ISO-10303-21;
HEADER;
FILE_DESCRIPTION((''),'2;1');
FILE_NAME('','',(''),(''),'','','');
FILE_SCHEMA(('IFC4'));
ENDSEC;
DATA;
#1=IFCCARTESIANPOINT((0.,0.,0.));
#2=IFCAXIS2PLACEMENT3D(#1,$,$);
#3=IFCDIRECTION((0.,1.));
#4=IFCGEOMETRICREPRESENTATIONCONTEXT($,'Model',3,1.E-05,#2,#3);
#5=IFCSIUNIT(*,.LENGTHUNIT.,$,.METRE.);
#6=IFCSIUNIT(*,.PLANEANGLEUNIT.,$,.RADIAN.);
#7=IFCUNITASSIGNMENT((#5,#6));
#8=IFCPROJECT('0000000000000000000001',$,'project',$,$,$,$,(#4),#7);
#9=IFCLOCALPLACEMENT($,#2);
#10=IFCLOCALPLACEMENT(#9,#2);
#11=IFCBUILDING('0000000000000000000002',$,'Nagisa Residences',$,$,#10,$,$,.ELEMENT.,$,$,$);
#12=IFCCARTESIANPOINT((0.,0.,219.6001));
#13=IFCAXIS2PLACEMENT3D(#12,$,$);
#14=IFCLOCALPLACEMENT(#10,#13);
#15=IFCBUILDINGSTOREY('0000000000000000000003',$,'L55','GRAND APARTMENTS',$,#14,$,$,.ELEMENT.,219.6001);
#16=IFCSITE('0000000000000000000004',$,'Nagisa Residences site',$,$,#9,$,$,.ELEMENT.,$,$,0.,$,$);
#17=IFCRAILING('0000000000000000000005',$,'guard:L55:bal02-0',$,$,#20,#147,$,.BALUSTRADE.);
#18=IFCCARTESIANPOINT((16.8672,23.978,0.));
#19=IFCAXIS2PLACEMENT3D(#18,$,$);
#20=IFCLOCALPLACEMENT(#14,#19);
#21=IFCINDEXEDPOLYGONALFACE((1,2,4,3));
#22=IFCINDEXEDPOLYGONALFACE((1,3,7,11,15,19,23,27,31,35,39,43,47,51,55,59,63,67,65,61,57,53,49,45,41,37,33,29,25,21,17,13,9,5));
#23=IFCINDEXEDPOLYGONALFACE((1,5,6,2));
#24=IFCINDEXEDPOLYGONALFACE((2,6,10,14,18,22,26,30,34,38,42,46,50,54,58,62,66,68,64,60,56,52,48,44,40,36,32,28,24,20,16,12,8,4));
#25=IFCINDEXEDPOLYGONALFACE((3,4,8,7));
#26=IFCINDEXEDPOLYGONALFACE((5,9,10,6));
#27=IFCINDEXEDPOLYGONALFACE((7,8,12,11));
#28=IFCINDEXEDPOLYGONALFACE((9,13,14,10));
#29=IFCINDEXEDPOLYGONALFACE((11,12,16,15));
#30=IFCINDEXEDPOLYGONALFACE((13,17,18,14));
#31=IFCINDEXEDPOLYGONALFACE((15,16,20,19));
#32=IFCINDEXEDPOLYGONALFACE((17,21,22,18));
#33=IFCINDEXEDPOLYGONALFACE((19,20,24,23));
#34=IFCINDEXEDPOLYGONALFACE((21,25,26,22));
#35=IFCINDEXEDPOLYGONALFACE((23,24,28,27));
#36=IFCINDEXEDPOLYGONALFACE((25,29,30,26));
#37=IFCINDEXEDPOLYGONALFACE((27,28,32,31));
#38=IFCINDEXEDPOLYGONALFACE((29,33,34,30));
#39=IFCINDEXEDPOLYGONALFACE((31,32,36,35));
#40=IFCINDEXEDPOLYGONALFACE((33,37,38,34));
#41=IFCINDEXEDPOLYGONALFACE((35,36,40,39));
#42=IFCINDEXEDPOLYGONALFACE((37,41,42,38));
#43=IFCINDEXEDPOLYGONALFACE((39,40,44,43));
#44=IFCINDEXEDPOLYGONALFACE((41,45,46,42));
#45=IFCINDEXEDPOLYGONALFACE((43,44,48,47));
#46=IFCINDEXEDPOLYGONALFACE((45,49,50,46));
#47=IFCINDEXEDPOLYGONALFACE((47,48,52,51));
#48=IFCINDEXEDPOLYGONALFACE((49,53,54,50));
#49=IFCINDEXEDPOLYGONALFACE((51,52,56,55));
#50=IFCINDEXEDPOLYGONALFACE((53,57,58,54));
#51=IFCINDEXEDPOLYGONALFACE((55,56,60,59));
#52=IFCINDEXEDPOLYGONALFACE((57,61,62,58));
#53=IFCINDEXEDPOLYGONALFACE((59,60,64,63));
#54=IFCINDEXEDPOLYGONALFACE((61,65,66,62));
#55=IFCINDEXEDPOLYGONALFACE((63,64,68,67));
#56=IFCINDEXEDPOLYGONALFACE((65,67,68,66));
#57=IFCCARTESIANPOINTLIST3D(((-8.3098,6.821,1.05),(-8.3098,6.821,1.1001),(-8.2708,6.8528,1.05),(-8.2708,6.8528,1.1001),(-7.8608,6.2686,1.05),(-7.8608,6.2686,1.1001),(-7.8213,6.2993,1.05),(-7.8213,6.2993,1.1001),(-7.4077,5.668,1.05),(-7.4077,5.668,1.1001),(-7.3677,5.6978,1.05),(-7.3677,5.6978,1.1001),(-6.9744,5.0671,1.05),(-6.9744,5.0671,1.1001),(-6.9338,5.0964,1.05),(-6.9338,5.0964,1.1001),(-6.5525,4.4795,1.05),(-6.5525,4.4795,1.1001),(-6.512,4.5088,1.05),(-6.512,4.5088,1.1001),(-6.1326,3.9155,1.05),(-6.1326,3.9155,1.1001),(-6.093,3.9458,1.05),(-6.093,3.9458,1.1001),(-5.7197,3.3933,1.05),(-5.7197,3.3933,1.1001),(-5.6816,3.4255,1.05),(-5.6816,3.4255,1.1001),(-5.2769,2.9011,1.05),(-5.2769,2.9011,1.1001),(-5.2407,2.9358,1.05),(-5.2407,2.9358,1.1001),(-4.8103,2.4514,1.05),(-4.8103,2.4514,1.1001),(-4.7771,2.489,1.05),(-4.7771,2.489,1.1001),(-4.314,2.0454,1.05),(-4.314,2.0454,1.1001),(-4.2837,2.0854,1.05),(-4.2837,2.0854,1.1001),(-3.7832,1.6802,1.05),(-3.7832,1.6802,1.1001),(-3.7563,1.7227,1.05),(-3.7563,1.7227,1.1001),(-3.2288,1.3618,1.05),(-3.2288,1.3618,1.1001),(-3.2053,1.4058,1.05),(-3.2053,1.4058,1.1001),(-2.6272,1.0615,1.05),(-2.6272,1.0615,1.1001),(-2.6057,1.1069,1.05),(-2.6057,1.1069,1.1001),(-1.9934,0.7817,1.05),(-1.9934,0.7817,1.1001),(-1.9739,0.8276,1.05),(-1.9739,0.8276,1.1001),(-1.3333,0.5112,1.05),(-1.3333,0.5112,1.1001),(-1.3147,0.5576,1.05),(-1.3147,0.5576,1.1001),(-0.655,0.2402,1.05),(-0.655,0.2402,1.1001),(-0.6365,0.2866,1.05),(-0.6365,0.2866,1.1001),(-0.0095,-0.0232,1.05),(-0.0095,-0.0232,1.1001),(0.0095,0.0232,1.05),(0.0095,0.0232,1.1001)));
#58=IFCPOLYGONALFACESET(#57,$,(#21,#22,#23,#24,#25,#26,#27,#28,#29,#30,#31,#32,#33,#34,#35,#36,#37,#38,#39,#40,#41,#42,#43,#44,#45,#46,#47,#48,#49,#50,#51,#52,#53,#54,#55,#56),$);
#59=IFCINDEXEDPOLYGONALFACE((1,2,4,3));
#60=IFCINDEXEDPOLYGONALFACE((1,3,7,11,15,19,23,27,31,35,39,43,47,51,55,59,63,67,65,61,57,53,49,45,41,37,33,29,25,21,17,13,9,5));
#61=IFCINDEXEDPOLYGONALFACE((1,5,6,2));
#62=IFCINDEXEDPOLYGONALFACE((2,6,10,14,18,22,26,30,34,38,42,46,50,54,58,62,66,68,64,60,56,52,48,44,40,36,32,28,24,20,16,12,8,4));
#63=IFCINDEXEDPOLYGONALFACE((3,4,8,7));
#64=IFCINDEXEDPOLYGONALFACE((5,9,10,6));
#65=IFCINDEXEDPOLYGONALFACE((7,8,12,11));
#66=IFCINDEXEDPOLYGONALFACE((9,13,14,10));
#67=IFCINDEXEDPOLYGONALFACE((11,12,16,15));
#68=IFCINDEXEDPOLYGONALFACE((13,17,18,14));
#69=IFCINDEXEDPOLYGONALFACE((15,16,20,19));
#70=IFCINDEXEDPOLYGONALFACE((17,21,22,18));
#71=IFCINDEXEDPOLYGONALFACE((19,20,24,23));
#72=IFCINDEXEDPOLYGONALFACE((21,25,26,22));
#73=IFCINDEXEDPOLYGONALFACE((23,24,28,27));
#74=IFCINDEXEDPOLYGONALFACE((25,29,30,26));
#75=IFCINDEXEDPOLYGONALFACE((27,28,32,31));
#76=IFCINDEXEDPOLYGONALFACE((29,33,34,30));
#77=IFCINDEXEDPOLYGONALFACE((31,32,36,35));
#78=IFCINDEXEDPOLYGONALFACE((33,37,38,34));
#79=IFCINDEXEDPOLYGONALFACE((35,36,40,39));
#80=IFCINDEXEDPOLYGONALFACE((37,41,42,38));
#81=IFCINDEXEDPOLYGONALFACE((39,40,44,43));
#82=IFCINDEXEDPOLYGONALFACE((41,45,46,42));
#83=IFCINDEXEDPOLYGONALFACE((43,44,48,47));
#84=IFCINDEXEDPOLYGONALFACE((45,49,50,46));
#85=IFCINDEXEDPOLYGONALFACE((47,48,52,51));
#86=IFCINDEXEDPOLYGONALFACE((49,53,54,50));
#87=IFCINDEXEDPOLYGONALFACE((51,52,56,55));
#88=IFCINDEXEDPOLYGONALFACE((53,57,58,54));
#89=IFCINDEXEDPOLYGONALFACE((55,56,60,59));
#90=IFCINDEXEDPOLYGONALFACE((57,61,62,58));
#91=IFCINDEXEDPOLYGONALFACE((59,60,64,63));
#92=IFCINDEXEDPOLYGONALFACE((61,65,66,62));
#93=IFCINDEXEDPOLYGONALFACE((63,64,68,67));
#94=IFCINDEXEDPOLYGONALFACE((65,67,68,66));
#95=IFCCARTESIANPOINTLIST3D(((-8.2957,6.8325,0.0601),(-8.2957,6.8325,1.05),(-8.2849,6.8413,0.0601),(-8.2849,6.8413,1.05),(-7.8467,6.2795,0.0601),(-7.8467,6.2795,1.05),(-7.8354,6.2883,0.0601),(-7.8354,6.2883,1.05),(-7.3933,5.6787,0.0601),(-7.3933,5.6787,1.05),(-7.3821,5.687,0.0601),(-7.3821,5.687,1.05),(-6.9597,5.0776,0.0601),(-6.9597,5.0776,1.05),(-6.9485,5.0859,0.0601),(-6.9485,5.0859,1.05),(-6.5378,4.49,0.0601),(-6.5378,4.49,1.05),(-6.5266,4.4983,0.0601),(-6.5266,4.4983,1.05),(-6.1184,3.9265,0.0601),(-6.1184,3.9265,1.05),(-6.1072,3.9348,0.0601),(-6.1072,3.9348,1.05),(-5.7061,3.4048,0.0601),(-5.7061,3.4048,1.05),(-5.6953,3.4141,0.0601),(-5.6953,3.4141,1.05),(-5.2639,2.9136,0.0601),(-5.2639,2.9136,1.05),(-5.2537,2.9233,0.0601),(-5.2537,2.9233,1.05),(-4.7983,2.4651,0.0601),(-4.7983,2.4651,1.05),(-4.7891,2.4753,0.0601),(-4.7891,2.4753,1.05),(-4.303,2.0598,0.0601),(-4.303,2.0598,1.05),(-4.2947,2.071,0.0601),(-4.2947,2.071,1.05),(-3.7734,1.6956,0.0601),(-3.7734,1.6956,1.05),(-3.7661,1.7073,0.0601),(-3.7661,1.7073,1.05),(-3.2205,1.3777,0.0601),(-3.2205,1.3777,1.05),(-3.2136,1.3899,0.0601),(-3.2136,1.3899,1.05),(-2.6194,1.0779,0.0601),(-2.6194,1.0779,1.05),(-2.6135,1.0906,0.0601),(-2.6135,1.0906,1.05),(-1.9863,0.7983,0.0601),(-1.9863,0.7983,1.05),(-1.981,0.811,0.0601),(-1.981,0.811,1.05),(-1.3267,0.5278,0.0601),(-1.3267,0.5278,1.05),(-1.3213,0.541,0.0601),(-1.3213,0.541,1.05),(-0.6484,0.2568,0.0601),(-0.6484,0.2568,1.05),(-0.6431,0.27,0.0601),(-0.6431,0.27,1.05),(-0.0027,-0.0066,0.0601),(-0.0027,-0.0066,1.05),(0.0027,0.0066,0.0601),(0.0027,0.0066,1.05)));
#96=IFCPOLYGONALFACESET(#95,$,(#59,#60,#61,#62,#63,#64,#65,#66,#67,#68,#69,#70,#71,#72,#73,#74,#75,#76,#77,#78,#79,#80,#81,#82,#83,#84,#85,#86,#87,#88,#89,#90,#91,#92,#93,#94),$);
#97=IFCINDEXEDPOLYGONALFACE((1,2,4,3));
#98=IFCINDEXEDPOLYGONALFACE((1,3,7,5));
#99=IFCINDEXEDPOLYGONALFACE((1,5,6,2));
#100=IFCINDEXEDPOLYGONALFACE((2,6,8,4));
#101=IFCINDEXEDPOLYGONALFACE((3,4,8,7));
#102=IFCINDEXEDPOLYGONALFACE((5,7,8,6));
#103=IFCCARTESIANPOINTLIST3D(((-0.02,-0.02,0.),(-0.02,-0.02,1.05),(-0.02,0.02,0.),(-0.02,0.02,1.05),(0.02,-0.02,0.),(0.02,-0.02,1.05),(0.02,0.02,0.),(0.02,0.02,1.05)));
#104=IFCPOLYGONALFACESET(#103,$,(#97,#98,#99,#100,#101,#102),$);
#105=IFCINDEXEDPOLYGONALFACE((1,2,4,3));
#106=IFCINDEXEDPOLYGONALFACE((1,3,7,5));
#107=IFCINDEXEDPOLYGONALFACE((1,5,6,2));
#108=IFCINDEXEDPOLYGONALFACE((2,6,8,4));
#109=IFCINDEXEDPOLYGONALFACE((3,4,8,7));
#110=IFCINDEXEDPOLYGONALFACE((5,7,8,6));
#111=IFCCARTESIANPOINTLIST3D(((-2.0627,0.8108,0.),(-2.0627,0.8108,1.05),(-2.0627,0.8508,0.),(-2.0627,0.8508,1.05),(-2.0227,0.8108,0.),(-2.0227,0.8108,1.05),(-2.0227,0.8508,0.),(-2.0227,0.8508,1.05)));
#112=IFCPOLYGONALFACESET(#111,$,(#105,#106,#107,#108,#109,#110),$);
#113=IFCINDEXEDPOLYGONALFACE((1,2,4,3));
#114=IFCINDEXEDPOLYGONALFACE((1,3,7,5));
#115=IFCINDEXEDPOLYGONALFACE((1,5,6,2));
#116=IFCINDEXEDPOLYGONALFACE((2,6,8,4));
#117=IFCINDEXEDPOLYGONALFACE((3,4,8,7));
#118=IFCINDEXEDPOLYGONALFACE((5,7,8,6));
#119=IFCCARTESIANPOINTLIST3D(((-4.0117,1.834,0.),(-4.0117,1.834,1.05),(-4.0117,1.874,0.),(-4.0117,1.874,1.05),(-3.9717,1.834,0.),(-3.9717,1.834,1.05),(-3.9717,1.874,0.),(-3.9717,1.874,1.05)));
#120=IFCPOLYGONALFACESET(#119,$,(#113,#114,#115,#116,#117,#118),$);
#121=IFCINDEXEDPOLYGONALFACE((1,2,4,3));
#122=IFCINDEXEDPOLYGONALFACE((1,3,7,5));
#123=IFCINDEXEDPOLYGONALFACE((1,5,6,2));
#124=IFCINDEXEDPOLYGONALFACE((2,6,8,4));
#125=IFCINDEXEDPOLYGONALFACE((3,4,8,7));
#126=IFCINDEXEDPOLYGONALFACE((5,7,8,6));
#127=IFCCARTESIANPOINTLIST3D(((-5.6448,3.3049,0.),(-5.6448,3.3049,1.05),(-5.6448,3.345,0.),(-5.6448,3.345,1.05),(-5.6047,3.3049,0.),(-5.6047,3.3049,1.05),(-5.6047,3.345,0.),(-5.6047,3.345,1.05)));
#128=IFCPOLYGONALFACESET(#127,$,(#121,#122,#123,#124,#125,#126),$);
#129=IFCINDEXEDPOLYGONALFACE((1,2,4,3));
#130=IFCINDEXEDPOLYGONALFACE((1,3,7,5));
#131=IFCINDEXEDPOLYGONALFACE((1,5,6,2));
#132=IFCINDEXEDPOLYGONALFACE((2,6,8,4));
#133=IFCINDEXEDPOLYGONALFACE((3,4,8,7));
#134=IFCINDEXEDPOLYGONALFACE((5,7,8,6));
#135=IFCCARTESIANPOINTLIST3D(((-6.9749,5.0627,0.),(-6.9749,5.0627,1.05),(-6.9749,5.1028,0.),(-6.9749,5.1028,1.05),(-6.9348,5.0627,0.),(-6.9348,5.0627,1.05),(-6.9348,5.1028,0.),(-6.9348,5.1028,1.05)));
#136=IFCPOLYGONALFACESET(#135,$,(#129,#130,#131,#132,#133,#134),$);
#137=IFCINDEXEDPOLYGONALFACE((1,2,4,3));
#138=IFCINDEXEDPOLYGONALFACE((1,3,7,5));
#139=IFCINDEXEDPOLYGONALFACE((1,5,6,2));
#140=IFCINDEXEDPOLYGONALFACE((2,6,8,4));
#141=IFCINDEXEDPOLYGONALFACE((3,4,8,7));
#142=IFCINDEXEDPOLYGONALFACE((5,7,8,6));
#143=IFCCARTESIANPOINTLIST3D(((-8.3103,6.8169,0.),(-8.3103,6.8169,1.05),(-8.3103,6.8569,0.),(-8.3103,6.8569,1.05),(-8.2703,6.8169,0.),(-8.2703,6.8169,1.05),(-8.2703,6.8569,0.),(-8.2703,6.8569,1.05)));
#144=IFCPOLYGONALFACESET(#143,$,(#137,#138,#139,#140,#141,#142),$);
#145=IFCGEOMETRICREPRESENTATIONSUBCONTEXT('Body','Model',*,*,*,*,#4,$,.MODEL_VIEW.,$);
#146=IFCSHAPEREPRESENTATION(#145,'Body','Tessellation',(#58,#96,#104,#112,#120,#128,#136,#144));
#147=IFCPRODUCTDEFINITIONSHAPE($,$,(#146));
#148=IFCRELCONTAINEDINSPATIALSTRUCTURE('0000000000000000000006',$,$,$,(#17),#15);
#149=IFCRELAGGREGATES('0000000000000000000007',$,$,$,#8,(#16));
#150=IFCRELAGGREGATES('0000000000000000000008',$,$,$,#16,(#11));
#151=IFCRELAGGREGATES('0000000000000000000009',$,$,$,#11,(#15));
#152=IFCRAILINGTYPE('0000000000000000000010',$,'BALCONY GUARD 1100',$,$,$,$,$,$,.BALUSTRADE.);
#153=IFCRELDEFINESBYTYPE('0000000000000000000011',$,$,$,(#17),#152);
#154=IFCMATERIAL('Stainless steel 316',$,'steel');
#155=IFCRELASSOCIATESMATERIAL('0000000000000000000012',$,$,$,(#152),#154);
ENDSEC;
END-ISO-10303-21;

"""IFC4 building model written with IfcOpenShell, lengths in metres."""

from ifc_helpers import new_model, si_unit, direction, frame, origin, origin_2d, place, context, subcontext, project, spatial, polyline, rectangle, outline, extrude, material, type_object, element, save


model = new_model("IFC4")

# Units and contexts
model_context = context("Model", 3, precision=1e-05, world=origin(), true_north=direction((0.0, 1.0)))
body_context = subcontext(model_context, "Body", "Model", "MODEL_VIEW")
ifc_project = project(units=[si_unit("LENGTHUNIT", "METRE"), si_unit("PLANEANGLEUNIT", "RADIAN")], contexts=[model_context])

# Site, building, storey
site_placement = place(None, origin())
site = spatial("IfcSite", under=ifc_project, at=site_placement, Name="Nagisa Residences site", CompositionType="ELEMENT", RefElevation=0.0)
building_placement = place(site_placement, origin())
building = spatial("IfcBuilding", under=site, at=building_placement, Name="Nagisa Residences", CompositionType="ELEMENT")
storey_placement = place(building_placement, frame((0.0, 0.0, 219.6001)))
storey = spatial("IfcBuildingStorey", under=building, at=storey_placement, Name="L55", Description="GRAND APARTMENTS", CompositionType="ELEMENT", Elevation=219.6001)

# Railing
ifc_material_1 = material(Name="Stainless steel 316", Category="steel")
railing_type = type_object("IfcRailingType", Name="BALCONY GUARD 1100", PredefinedType="BALUSTRADE", material=ifc_material_1)
railing_1_placement = place(storey_placement, frame((16.8672, 23.978, 0.0)))
element("IfcRailing", 1, at=railing_1_placement, inside=storey, type_object=railing_type, Name="guard:L55:bal02-0", PredefinedType="BALUSTRADE", context=body_context, shape_type="SweptSolid", body=[
    extrude(outline(polyline([(-0.655, 0.2402), (-0.0095, -0.0232), (0.0095, 0.0232), (-0.6365, 0.2866), (-1.3147, 0.5576), (-1.9739, 0.8276), (-2.6057, 1.1069), (-3.2053, 1.4058), (-3.7563, 1.7227), (-4.2837, 2.0854), (-4.7771, 2.489), (-5.2407, 2.9358), (-5.6816, 3.4255), (-6.093, 3.9458), (-6.512, 4.5088), (-6.9338, 5.0964), (-7.3677, 5.6978), (-7.8213, 6.2993), (-8.2708, 6.8528), (-8.3098, 6.821), (-7.8608, 6.2686), (-7.4077, 5.668), (-6.9744, 5.0671), (-6.5525, 4.4795), (-6.1326, 3.9155), (-5.7197, 3.3933), (-5.2769, 2.9011), (-4.8103, 2.4514), (-4.314, 2.0454), (-3.7832, 1.6802), (-3.2288, 1.3618), (-2.6272, 1.0615), (-1.9934, 0.7817), (-1.3333, 0.5112), (-0.655, 0.2402)])), frame((0.0, 0.0, 1.05)), (0.0, 0.0, 1.0), 0.05),
    extrude(outline(polyline([(-0.6484, 0.2568), (-0.0027, -0.0066), (0.0027, 0.0066), (-0.6431, 0.27), (-1.3213, 0.541), (-1.981, 0.811), (-2.6135, 1.0906), (-3.2136, 1.3899), (-3.7661, 1.7073), (-4.2947, 2.071), (-4.7891, 2.4753), (-5.2537, 2.9233), (-5.6953, 3.4141), (-6.1072, 3.9348), (-6.5266, 4.4983), (-6.9485, 5.0859), (-7.3821, 5.687), (-7.8354, 6.2883), (-8.2849, 6.8413), (-8.2957, 6.8325), (-7.8467, 6.2795), (-7.3933, 5.6787), (-6.9597, 5.0776), (-6.5378, 4.49), (-6.1184, 3.9265), (-5.7061, 3.4048), (-5.2639, 2.9136), (-4.7983, 2.4651), (-4.303, 2.0598), (-3.7734, 1.6956), (-3.2205, 1.3777), (-2.6194, 1.0779), (-1.9863, 0.7983), (-1.3267, 0.5278), (-0.6484, 0.2568)])), frame((0.0, 0.0, 0.0601)), (0.0, 0.0, 1.0), 0.99),
    extrude(rectangle(XDim=0.04, YDim=0.04, at=origin_2d()), origin(), (0.0, 0.0, 1.0), 1.05),
    extrude(rectangle(XDim=0.04, YDim=0.04, at=origin_2d()), frame((-2.0427, 0.8308, 0.0)), (0.0, 0.0, 1.0), 1.05),
    extrude(rectangle(XDim=0.04, YDim=0.04, at=origin_2d()), frame((-3.9917, 1.854, 0.0)), (0.0, 0.0, 1.0), 1.05),
    extrude(rectangle(XDim=0.04, YDim=0.04, at=origin_2d()), frame((-5.6248, 3.325, 0.0)), (0.0, 0.0, 1.0), 1.05),
    extrude(rectangle(XDim=0.04, YDim=0.04, at=origin_2d()), frame((-6.9548, 5.0828, 0.0)), (0.0, 0.0, 1.0), 1.05),
    extrude(rectangle(XDim=0.04, YDim=0.04, at=origin_2d()), frame((-8.2903, 6.8369, 0.0)), (0.0, 0.0, 1.0), 1.05),
])

save(model, "model.ifc")
